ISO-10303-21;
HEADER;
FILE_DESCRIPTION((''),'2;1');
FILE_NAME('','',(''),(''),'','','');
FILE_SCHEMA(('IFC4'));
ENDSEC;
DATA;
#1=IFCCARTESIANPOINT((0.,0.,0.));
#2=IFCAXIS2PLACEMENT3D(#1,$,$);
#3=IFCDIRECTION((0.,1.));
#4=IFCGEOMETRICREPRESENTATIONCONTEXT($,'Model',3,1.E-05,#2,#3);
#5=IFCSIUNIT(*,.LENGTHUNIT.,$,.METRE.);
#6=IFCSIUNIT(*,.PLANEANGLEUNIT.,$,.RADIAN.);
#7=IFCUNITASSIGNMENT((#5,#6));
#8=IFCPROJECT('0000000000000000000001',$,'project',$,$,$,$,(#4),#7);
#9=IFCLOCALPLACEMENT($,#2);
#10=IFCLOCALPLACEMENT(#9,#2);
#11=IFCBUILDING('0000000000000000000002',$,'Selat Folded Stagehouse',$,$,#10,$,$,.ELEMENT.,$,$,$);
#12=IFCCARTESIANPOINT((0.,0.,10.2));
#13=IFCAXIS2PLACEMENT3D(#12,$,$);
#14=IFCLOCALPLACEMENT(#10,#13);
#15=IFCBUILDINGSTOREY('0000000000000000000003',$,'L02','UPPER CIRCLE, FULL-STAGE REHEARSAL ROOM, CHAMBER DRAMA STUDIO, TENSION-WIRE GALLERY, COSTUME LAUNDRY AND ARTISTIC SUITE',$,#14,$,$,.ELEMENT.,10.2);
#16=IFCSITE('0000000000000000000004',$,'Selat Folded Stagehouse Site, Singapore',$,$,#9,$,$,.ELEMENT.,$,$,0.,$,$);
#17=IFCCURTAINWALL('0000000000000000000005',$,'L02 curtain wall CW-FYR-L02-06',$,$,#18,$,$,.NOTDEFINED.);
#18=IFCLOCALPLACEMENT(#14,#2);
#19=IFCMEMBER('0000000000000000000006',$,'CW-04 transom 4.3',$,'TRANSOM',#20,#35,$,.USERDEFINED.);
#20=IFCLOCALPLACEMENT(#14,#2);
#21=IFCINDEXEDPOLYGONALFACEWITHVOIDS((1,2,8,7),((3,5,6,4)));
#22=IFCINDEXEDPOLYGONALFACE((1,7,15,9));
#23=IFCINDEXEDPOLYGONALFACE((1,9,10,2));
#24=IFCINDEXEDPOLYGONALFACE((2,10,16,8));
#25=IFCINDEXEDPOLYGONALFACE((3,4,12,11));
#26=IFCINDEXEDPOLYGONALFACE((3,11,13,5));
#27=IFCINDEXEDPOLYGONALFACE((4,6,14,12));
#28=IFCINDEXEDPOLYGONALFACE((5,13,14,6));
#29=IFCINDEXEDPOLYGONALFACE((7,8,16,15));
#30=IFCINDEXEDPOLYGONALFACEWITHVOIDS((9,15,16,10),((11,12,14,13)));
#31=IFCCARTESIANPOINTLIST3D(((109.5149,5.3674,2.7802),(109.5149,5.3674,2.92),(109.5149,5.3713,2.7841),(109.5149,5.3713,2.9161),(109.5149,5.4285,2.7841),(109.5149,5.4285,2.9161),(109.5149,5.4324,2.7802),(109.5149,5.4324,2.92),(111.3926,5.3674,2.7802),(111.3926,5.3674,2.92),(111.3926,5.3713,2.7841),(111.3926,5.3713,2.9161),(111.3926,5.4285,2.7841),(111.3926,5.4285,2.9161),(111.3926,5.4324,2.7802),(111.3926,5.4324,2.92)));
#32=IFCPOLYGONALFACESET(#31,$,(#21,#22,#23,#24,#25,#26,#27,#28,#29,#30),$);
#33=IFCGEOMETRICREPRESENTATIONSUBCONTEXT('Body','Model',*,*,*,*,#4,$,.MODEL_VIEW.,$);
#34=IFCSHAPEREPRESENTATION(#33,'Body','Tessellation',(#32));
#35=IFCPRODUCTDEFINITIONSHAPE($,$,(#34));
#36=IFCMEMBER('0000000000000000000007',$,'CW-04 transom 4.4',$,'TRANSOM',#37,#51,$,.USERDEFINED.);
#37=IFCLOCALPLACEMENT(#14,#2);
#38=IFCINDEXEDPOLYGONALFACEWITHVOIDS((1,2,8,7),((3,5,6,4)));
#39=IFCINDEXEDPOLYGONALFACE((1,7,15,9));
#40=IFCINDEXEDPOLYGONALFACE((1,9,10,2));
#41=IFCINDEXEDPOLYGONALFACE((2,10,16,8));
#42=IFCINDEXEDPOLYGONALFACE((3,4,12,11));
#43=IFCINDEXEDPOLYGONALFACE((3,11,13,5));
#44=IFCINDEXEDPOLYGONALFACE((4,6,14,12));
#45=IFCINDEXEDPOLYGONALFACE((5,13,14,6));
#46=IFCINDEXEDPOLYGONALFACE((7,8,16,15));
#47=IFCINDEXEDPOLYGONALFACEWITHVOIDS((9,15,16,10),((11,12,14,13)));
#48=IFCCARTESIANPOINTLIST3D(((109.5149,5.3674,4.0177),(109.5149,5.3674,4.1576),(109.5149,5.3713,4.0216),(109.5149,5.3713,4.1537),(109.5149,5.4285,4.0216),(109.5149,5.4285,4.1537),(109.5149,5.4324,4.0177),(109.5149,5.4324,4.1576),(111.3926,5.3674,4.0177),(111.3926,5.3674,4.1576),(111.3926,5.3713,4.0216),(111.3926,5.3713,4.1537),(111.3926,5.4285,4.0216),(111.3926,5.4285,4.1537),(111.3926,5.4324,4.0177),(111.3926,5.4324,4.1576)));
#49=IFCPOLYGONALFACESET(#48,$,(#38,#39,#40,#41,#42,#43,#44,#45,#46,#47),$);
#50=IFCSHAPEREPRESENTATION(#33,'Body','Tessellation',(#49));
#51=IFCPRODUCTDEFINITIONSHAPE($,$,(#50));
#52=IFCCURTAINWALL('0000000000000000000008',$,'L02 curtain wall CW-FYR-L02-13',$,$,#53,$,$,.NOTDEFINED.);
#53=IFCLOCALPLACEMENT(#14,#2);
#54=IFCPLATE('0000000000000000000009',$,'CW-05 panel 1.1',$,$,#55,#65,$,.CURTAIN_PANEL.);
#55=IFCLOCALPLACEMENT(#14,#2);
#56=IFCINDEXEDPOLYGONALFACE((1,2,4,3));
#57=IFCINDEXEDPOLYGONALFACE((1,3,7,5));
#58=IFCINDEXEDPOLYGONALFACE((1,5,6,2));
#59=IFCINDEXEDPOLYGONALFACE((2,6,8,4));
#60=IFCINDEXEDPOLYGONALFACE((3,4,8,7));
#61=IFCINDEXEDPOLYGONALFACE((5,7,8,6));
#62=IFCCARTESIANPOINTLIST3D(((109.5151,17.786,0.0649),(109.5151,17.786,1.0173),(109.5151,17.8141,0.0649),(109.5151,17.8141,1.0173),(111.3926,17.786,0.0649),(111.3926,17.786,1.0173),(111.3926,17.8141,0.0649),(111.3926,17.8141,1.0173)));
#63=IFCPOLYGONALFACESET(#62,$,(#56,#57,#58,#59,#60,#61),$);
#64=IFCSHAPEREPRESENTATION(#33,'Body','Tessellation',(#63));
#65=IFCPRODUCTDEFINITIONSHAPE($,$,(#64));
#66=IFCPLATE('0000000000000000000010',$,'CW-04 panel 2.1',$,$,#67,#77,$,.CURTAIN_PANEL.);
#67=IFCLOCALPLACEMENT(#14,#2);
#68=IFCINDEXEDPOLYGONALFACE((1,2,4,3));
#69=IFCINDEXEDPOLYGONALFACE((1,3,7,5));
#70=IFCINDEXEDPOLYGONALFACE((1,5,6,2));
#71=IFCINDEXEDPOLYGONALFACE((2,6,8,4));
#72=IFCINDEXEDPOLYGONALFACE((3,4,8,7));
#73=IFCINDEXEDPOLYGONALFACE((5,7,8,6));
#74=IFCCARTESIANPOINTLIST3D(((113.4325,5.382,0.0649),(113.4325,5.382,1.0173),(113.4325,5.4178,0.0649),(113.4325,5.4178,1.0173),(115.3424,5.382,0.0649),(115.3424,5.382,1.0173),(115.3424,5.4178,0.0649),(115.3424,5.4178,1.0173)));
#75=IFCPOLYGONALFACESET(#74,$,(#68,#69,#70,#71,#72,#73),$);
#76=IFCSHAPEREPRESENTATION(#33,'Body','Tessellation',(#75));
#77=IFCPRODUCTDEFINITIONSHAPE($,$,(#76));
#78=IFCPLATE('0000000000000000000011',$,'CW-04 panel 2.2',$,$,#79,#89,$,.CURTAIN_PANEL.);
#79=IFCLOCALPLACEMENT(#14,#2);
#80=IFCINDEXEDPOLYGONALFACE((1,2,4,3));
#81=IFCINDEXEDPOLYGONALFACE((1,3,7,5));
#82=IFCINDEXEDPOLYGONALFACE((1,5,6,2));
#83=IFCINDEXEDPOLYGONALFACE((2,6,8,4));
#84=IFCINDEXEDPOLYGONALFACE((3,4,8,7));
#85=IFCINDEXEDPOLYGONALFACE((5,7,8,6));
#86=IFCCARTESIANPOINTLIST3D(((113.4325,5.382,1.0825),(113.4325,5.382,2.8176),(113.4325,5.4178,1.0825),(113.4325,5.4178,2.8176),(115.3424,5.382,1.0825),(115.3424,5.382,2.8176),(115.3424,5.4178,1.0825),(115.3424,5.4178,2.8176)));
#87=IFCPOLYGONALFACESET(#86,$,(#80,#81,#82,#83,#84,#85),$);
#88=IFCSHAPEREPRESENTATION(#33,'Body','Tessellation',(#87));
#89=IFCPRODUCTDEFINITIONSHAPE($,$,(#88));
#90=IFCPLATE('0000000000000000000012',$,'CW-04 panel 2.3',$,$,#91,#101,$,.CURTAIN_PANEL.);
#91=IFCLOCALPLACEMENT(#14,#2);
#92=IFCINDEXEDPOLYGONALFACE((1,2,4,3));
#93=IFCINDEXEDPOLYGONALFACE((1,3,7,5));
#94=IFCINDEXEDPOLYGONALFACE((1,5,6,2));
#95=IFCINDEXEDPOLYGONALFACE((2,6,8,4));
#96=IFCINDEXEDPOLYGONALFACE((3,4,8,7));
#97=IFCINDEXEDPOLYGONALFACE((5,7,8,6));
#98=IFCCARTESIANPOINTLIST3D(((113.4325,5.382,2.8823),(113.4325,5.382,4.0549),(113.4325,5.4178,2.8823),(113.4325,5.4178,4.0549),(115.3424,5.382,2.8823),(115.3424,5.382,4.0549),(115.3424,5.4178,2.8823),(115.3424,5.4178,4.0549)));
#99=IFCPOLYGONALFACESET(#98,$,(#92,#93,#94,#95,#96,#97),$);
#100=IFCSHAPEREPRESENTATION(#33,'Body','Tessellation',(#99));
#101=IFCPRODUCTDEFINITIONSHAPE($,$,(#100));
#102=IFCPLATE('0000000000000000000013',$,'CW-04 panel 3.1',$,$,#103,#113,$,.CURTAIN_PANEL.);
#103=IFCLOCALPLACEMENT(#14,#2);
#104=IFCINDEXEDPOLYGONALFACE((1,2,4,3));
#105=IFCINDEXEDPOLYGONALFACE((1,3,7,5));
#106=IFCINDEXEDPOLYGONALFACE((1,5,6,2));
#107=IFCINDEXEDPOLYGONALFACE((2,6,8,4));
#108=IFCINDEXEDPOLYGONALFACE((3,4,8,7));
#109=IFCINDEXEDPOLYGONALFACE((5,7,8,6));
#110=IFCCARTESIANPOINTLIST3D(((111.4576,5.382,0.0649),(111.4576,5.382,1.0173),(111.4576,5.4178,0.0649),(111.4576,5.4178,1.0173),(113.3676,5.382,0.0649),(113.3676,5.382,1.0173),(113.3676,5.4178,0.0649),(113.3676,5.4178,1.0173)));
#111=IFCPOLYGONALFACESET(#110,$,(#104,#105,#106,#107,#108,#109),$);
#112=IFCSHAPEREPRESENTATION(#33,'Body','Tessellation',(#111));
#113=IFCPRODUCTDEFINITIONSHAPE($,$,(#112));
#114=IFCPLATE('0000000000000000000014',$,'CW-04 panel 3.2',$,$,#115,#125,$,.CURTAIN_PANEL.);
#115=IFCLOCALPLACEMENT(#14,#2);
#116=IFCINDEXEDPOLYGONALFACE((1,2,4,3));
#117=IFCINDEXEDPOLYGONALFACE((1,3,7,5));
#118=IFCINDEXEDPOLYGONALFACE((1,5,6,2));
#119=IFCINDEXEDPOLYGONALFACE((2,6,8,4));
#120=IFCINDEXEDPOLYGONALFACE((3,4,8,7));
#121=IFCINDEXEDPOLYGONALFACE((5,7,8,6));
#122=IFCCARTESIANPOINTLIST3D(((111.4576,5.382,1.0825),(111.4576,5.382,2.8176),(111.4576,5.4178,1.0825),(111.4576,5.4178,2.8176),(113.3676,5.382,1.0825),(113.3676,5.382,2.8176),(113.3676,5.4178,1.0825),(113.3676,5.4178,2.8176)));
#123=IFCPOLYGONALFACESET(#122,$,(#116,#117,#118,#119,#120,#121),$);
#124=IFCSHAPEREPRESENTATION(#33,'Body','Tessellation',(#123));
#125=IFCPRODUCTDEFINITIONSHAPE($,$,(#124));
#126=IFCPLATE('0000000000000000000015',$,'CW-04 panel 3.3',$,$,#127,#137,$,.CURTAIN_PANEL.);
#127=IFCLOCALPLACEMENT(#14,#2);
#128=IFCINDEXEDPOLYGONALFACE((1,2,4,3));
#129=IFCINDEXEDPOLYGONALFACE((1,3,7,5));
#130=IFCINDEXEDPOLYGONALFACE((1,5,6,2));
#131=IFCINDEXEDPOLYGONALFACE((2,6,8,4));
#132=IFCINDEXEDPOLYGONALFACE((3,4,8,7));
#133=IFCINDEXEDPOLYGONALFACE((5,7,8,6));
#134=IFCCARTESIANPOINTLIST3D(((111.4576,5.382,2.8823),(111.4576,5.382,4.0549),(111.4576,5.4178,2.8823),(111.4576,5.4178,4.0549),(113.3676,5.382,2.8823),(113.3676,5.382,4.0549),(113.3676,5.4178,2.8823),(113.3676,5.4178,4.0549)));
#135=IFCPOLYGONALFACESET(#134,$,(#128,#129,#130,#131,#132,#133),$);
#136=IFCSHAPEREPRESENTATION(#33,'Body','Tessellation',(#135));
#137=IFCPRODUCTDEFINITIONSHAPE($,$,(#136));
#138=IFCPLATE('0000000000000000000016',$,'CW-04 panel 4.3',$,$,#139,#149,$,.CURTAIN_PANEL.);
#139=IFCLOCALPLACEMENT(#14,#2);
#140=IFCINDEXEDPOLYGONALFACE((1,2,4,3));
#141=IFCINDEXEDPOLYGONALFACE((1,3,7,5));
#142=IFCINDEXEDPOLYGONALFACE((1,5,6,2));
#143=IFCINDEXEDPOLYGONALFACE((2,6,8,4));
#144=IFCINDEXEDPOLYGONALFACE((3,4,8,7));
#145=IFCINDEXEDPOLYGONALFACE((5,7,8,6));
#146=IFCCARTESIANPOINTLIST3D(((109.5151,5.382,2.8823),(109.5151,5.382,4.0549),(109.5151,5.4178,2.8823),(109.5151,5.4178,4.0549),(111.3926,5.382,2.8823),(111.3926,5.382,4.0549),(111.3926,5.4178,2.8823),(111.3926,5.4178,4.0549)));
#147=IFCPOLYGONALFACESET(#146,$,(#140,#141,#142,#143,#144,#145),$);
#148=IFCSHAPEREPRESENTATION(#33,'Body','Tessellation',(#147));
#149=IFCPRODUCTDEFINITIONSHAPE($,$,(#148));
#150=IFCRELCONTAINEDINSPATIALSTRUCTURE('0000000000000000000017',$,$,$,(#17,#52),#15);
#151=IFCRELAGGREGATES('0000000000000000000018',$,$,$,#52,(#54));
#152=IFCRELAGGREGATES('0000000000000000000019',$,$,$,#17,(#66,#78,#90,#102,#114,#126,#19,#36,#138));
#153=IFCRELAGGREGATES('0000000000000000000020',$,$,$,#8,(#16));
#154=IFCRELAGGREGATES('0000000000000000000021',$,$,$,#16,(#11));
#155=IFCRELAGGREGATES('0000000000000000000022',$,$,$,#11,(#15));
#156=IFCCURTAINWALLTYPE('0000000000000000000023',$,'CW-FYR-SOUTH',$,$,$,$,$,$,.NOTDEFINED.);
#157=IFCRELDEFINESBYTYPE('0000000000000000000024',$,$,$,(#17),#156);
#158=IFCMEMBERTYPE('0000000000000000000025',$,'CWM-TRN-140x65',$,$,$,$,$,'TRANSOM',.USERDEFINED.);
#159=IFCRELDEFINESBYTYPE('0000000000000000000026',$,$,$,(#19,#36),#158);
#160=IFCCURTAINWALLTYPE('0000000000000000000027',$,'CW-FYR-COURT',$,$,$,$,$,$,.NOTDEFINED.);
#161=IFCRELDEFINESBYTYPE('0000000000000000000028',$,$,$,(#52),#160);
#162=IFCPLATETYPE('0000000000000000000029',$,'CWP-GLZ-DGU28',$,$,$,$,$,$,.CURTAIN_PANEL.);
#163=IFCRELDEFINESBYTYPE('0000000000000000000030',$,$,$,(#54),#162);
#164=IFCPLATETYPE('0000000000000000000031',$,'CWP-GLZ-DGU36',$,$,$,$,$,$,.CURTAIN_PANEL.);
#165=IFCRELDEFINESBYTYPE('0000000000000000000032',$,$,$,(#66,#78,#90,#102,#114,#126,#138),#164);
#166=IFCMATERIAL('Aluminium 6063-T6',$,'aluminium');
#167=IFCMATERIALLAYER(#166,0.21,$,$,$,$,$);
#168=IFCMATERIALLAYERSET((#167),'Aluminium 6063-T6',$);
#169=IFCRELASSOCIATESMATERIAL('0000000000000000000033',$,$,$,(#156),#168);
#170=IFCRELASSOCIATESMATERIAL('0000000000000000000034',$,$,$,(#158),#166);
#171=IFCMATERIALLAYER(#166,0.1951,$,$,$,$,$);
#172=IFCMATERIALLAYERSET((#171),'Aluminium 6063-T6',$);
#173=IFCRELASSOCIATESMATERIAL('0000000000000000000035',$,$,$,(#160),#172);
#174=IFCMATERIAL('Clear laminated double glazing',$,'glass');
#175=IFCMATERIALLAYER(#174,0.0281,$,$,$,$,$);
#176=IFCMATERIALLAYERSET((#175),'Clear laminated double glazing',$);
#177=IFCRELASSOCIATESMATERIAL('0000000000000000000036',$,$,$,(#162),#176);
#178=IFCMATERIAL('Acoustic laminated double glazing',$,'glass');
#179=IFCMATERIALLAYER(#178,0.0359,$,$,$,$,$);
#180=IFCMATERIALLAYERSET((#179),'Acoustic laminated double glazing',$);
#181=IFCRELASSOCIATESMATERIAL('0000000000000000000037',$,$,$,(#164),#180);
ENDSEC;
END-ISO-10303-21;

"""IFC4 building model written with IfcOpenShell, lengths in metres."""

from ifc_helpers import new_model, si_unit, direction, frame, origin, origin_2d, place, context, subcontext, project, spatial, rectangle, hollow_rectangle, extrude, material, layer, layer_set, material_profile, profile_set, type_object, element, aggregate, save


model = new_model("IFC4")

# Units and contexts
model_context = context("Model", 3, precision=1e-05, world=origin(), true_north=direction((0.0, 1.0)))
body_context = subcontext(model_context, "Body", "Model", "MODEL_VIEW")
ifc_project = project(units=[si_unit("LENGTHUNIT", "METRE"), si_unit("PLANEANGLEUNIT", "RADIAN")], contexts=[model_context])

# Site, building, storey
site_placement = place(None, origin())
site = spatial("IfcSite", under=ifc_project, at=site_placement, Name="Selat Folded Stagehouse Site, Singapore", CompositionType="ELEMENT", RefElevation=0.0)
building_placement = place(site_placement, origin())
building = spatial("IfcBuilding", under=site, at=building_placement, Name="Selat Folded Stagehouse", CompositionType="ELEMENT")
storey_placement = place(building_placement, frame((0.0, 0.0, 10.2)))
storey = spatial("IfcBuildingStorey", under=building, at=storey_placement, Name="L02", Description="UPPER CIRCLE, FULL-STAGE REHEARSAL ROOM, CHAMBER DRAMA STUDIO, TENSION-WIRE GALLERY, COSTUME LAUNDRY AND ARTISTIC SUITE", CompositionType="ELEMENT", Elevation=10.2)

# Curtain wall, members
ifc_material_1 = material(Name="Aluminium 6063-T6", Category="aluminium")
ifc_layer_1 = layer(ifc_material_1, 0.21)
ifc_layer_set_1 = layer_set([ifc_layer_1], Name="Aluminium 6063-T6")
curtain_wall_type_1 = type_object("IfcCurtainWallType", Name="CW-FYR-SOUTH", PredefinedType="NOTDEFINED", material=ifc_layer_set_1)
curtain_wall_1_placement = place(storey_placement, origin())
curtain_wall_1 = element("IfcCurtainWall", 1, at=curtain_wall_1_placement, inside=storey, type_object=curtain_wall_type_1, Name="L02 curtain wall CW-FYR-L02-06", PredefinedType="NOTDEFINED")
ifc_material_profile_1 = material_profile(ifc_material_1, hollow_rectangle(XDim=0.0649, YDim=0.1399, WallThickness=0.0039, at=origin_2d()), Name="ALU 140x65x4.0")
ifc_profile_set_1 = profile_set([ifc_material_profile_1], Name="Aluminium 6063-T6")
member_type_1 = type_object("IfcMemberType", Name="CWM-TRN-140x65", ElementType="TRANSOM", PredefinedType="USERDEFINED", material=ifc_profile_set_1)
member_1_placement = place(storey_placement, frame((111.3926, 5.3999, 2.8501), z_axis=(-1.0, 0.0, 0.0), x_axis=(0.0, -1.0, 0.0)))
member_1 = element("IfcMember", 2, at=member_1_placement, type_object=member_type_1, Name="CW-04 transom 4.3", ObjectType="TRANSOM", PredefinedType="USERDEFINED", context=body_context, shape_type="SweptSolid", body=[
    extrude(hollow_rectangle(XDim=0.0649, YDim=0.1399, WallThickness=0.0039, at=origin_2d()), origin(), (0.0, 0.0, 1.0), 1.8777),
])
member_2_placement = place(storey_placement, frame((111.3926, 5.3999, 4.0876), z_axis=(-1.0, 0.0, 0.0), x_axis=(0.0, -1.0, 0.0)))
member_2 = element("IfcMember", 3, at=member_2_placement, type_object=member_type_1, Name="CW-04 transom 4.4", ObjectType="TRANSOM", PredefinedType="USERDEFINED", context=body_context, shape_type="SweptSolid", body=[
    extrude(hollow_rectangle(XDim=0.0649, YDim=0.1399, WallThickness=0.0039, at=origin_2d()), origin(), (0.0, 0.0, 1.0), 1.8777),
])

# Curtain wall, plate
ifc_layer_2 = layer(ifc_material_1, 0.1951)
ifc_layer_set_2 = layer_set([ifc_layer_2], Name="Aluminium 6063-T6")
curtain_wall_type_2 = type_object("IfcCurtainWallType", Name="CW-FYR-COURT", PredefinedType="NOTDEFINED", material=ifc_layer_set_2)
curtain_wall_2_placement = place(storey_placement, origin())
curtain_wall_2 = element("IfcCurtainWall", 4, at=curtain_wall_2_placement, inside=storey, type_object=curtain_wall_type_2, Name="L02 curtain wall CW-FYR-L02-13", PredefinedType="NOTDEFINED")
ifc_material_2 = material(Name="Clear laminated double glazing", Category="glass")
ifc_layer_3 = layer(ifc_material_2, 0.0281)
ifc_layer_set_3 = layer_set([ifc_layer_3], Name="Clear laminated double glazing")
plate_type_1 = type_object("IfcPlateType", Name="CWP-GLZ-DGU28", PredefinedType="CURTAIN_PANEL", material=ifc_layer_set_3)
plate_1_placement = place(storey_placement, frame((110.4539, 17.8, 0.0649), z_axis=(0.0, 0.0, 1.0), x_axis=(1.0, 0.0, 0.0)))
plate_1 = element("IfcPlate", 5, at=plate_1_placement, type_object=plate_type_1, Name="CW-05 panel 1.1", PredefinedType="CURTAIN_PANEL", context=body_context, shape_type="SweptSolid", body=[
    extrude(rectangle(XDim=1.8774, YDim=0.0281, at=origin_2d()), origin(), (0.0, 0.0, 1.0), 0.9524),
])
aggregate(curtain_wall_2, [plate_1])

# Plates
ifc_material_3 = material(Name="Acoustic laminated double glazing", Category="glass")
ifc_layer_4 = layer(ifc_material_3, 0.0359)
ifc_layer_set_4 = layer_set([ifc_layer_4], Name="Acoustic laminated double glazing")
plate_type_2 = type_object("IfcPlateType", Name="CWP-GLZ-DGU36", PredefinedType="CURTAIN_PANEL", material=ifc_layer_set_4)
plate_2_placement = place(storey_placement, frame((114.3875, 5.3999, 0.0649), z_axis=(0.0, 0.0, 1.0), x_axis=(-1.0, 0.0, 0.0)))
plate_2 = element("IfcPlate", 6, at=plate_2_placement, type_object=plate_type_2, Name="CW-04 panel 2.1", PredefinedType="CURTAIN_PANEL", context=body_context, shape_type="SweptSolid", body=[
    extrude(rectangle(XDim=1.9099, YDim=0.0359, at=origin_2d()), origin(), (0.0, 0.0, 1.0), 0.9524),
])
plate_3_placement = place(storey_placement, frame((114.3875, 5.3999, 1.0825), z_axis=(0.0, 0.0, 1.0), x_axis=(-1.0, 0.0, 0.0)))
plate_3 = element("IfcPlate", 7, at=plate_3_placement, type_object=plate_type_2, Name="CW-04 panel 2.2", PredefinedType="CURTAIN_PANEL", context=body_context, shape_type="SweptSolid", body=[
    extrude(rectangle(XDim=1.9099, YDim=0.0359, at=origin_2d()), origin(), (0.0, 0.0, 1.0), 1.7351),
])
plate_4_placement = place(storey_placement, frame((114.3875, 5.3999, 2.8823), z_axis=(0.0, 0.0, 1.0), x_axis=(-1.0, 0.0, 0.0)))
plate_4 = element("IfcPlate", 8, at=plate_4_placement, type_object=plate_type_2, Name="CW-04 panel 2.3", PredefinedType="CURTAIN_PANEL", context=body_context, shape_type="SweptSolid", body=[
    extrude(rectangle(XDim=1.9099, YDim=0.0359, at=origin_2d()), origin(), (0.0, 0.0, 1.0), 1.1726),
])
plate_5_placement = place(storey_placement, frame((112.4126, 5.3999, 0.0649), z_axis=(0.0, 0.0, 1.0), x_axis=(-1.0, 0.0, 0.0)))
plate_5 = element("IfcPlate", 9, at=plate_5_placement, type_object=plate_type_2, Name="CW-04 panel 3.1", PredefinedType="CURTAIN_PANEL", context=body_context, shape_type="SweptSolid", body=[
    extrude(rectangle(XDim=1.9099, YDim=0.0359, at=origin_2d()), origin(), (0.0, 0.0, 1.0), 0.9524),
])
plate_6_placement = place(storey_placement, frame((112.4126, 5.3999, 1.0825), z_axis=(0.0, 0.0, 1.0), x_axis=(-1.0, 0.0, 0.0)))
plate_6 = element("IfcPlate", 10, at=plate_6_placement, type_object=plate_type_2, Name="CW-04 panel 3.2", PredefinedType="CURTAIN_PANEL", context=body_context, shape_type="SweptSolid", body=[
    extrude(rectangle(XDim=1.9099, YDim=0.0359, at=origin_2d()), origin(), (0.0, 0.0, 1.0), 1.7351),
])
plate_7_placement = place(storey_placement, frame((112.4126, 5.3999, 2.8823), z_axis=(0.0, 0.0, 1.0), x_axis=(-1.0, 0.0, 0.0)))
plate_7 = element("IfcPlate", 11, at=plate_7_placement, type_object=plate_type_2, Name="CW-04 panel 3.3", PredefinedType="CURTAIN_PANEL", context=body_context, shape_type="SweptSolid", body=[
    extrude(rectangle(XDim=1.9099, YDim=0.0359, at=origin_2d()), origin(), (0.0, 0.0, 1.0), 1.1726),
])
plate_8_placement = place(storey_placement, frame((110.4539, 5.3999, 2.8823), z_axis=(0.0, 0.0, 1.0), x_axis=(-1.0, 0.0, 0.0)))
plate_8 = element("IfcPlate", 12, at=plate_8_placement, type_object=plate_type_2, Name="CW-04 panel 4.3", PredefinedType="CURTAIN_PANEL", context=body_context, shape_type="SweptSolid", body=[
    extrude(rectangle(XDim=1.8774, YDim=0.0359, at=origin_2d()), origin(), (0.0, 0.0, 1.0), 1.1726),
])
aggregate(curtain_wall_1, [plate_2, plate_3, plate_4, plate_5, plate_6, plate_7, member_1, member_2, plate_8])

save(model, "model.ifc")
